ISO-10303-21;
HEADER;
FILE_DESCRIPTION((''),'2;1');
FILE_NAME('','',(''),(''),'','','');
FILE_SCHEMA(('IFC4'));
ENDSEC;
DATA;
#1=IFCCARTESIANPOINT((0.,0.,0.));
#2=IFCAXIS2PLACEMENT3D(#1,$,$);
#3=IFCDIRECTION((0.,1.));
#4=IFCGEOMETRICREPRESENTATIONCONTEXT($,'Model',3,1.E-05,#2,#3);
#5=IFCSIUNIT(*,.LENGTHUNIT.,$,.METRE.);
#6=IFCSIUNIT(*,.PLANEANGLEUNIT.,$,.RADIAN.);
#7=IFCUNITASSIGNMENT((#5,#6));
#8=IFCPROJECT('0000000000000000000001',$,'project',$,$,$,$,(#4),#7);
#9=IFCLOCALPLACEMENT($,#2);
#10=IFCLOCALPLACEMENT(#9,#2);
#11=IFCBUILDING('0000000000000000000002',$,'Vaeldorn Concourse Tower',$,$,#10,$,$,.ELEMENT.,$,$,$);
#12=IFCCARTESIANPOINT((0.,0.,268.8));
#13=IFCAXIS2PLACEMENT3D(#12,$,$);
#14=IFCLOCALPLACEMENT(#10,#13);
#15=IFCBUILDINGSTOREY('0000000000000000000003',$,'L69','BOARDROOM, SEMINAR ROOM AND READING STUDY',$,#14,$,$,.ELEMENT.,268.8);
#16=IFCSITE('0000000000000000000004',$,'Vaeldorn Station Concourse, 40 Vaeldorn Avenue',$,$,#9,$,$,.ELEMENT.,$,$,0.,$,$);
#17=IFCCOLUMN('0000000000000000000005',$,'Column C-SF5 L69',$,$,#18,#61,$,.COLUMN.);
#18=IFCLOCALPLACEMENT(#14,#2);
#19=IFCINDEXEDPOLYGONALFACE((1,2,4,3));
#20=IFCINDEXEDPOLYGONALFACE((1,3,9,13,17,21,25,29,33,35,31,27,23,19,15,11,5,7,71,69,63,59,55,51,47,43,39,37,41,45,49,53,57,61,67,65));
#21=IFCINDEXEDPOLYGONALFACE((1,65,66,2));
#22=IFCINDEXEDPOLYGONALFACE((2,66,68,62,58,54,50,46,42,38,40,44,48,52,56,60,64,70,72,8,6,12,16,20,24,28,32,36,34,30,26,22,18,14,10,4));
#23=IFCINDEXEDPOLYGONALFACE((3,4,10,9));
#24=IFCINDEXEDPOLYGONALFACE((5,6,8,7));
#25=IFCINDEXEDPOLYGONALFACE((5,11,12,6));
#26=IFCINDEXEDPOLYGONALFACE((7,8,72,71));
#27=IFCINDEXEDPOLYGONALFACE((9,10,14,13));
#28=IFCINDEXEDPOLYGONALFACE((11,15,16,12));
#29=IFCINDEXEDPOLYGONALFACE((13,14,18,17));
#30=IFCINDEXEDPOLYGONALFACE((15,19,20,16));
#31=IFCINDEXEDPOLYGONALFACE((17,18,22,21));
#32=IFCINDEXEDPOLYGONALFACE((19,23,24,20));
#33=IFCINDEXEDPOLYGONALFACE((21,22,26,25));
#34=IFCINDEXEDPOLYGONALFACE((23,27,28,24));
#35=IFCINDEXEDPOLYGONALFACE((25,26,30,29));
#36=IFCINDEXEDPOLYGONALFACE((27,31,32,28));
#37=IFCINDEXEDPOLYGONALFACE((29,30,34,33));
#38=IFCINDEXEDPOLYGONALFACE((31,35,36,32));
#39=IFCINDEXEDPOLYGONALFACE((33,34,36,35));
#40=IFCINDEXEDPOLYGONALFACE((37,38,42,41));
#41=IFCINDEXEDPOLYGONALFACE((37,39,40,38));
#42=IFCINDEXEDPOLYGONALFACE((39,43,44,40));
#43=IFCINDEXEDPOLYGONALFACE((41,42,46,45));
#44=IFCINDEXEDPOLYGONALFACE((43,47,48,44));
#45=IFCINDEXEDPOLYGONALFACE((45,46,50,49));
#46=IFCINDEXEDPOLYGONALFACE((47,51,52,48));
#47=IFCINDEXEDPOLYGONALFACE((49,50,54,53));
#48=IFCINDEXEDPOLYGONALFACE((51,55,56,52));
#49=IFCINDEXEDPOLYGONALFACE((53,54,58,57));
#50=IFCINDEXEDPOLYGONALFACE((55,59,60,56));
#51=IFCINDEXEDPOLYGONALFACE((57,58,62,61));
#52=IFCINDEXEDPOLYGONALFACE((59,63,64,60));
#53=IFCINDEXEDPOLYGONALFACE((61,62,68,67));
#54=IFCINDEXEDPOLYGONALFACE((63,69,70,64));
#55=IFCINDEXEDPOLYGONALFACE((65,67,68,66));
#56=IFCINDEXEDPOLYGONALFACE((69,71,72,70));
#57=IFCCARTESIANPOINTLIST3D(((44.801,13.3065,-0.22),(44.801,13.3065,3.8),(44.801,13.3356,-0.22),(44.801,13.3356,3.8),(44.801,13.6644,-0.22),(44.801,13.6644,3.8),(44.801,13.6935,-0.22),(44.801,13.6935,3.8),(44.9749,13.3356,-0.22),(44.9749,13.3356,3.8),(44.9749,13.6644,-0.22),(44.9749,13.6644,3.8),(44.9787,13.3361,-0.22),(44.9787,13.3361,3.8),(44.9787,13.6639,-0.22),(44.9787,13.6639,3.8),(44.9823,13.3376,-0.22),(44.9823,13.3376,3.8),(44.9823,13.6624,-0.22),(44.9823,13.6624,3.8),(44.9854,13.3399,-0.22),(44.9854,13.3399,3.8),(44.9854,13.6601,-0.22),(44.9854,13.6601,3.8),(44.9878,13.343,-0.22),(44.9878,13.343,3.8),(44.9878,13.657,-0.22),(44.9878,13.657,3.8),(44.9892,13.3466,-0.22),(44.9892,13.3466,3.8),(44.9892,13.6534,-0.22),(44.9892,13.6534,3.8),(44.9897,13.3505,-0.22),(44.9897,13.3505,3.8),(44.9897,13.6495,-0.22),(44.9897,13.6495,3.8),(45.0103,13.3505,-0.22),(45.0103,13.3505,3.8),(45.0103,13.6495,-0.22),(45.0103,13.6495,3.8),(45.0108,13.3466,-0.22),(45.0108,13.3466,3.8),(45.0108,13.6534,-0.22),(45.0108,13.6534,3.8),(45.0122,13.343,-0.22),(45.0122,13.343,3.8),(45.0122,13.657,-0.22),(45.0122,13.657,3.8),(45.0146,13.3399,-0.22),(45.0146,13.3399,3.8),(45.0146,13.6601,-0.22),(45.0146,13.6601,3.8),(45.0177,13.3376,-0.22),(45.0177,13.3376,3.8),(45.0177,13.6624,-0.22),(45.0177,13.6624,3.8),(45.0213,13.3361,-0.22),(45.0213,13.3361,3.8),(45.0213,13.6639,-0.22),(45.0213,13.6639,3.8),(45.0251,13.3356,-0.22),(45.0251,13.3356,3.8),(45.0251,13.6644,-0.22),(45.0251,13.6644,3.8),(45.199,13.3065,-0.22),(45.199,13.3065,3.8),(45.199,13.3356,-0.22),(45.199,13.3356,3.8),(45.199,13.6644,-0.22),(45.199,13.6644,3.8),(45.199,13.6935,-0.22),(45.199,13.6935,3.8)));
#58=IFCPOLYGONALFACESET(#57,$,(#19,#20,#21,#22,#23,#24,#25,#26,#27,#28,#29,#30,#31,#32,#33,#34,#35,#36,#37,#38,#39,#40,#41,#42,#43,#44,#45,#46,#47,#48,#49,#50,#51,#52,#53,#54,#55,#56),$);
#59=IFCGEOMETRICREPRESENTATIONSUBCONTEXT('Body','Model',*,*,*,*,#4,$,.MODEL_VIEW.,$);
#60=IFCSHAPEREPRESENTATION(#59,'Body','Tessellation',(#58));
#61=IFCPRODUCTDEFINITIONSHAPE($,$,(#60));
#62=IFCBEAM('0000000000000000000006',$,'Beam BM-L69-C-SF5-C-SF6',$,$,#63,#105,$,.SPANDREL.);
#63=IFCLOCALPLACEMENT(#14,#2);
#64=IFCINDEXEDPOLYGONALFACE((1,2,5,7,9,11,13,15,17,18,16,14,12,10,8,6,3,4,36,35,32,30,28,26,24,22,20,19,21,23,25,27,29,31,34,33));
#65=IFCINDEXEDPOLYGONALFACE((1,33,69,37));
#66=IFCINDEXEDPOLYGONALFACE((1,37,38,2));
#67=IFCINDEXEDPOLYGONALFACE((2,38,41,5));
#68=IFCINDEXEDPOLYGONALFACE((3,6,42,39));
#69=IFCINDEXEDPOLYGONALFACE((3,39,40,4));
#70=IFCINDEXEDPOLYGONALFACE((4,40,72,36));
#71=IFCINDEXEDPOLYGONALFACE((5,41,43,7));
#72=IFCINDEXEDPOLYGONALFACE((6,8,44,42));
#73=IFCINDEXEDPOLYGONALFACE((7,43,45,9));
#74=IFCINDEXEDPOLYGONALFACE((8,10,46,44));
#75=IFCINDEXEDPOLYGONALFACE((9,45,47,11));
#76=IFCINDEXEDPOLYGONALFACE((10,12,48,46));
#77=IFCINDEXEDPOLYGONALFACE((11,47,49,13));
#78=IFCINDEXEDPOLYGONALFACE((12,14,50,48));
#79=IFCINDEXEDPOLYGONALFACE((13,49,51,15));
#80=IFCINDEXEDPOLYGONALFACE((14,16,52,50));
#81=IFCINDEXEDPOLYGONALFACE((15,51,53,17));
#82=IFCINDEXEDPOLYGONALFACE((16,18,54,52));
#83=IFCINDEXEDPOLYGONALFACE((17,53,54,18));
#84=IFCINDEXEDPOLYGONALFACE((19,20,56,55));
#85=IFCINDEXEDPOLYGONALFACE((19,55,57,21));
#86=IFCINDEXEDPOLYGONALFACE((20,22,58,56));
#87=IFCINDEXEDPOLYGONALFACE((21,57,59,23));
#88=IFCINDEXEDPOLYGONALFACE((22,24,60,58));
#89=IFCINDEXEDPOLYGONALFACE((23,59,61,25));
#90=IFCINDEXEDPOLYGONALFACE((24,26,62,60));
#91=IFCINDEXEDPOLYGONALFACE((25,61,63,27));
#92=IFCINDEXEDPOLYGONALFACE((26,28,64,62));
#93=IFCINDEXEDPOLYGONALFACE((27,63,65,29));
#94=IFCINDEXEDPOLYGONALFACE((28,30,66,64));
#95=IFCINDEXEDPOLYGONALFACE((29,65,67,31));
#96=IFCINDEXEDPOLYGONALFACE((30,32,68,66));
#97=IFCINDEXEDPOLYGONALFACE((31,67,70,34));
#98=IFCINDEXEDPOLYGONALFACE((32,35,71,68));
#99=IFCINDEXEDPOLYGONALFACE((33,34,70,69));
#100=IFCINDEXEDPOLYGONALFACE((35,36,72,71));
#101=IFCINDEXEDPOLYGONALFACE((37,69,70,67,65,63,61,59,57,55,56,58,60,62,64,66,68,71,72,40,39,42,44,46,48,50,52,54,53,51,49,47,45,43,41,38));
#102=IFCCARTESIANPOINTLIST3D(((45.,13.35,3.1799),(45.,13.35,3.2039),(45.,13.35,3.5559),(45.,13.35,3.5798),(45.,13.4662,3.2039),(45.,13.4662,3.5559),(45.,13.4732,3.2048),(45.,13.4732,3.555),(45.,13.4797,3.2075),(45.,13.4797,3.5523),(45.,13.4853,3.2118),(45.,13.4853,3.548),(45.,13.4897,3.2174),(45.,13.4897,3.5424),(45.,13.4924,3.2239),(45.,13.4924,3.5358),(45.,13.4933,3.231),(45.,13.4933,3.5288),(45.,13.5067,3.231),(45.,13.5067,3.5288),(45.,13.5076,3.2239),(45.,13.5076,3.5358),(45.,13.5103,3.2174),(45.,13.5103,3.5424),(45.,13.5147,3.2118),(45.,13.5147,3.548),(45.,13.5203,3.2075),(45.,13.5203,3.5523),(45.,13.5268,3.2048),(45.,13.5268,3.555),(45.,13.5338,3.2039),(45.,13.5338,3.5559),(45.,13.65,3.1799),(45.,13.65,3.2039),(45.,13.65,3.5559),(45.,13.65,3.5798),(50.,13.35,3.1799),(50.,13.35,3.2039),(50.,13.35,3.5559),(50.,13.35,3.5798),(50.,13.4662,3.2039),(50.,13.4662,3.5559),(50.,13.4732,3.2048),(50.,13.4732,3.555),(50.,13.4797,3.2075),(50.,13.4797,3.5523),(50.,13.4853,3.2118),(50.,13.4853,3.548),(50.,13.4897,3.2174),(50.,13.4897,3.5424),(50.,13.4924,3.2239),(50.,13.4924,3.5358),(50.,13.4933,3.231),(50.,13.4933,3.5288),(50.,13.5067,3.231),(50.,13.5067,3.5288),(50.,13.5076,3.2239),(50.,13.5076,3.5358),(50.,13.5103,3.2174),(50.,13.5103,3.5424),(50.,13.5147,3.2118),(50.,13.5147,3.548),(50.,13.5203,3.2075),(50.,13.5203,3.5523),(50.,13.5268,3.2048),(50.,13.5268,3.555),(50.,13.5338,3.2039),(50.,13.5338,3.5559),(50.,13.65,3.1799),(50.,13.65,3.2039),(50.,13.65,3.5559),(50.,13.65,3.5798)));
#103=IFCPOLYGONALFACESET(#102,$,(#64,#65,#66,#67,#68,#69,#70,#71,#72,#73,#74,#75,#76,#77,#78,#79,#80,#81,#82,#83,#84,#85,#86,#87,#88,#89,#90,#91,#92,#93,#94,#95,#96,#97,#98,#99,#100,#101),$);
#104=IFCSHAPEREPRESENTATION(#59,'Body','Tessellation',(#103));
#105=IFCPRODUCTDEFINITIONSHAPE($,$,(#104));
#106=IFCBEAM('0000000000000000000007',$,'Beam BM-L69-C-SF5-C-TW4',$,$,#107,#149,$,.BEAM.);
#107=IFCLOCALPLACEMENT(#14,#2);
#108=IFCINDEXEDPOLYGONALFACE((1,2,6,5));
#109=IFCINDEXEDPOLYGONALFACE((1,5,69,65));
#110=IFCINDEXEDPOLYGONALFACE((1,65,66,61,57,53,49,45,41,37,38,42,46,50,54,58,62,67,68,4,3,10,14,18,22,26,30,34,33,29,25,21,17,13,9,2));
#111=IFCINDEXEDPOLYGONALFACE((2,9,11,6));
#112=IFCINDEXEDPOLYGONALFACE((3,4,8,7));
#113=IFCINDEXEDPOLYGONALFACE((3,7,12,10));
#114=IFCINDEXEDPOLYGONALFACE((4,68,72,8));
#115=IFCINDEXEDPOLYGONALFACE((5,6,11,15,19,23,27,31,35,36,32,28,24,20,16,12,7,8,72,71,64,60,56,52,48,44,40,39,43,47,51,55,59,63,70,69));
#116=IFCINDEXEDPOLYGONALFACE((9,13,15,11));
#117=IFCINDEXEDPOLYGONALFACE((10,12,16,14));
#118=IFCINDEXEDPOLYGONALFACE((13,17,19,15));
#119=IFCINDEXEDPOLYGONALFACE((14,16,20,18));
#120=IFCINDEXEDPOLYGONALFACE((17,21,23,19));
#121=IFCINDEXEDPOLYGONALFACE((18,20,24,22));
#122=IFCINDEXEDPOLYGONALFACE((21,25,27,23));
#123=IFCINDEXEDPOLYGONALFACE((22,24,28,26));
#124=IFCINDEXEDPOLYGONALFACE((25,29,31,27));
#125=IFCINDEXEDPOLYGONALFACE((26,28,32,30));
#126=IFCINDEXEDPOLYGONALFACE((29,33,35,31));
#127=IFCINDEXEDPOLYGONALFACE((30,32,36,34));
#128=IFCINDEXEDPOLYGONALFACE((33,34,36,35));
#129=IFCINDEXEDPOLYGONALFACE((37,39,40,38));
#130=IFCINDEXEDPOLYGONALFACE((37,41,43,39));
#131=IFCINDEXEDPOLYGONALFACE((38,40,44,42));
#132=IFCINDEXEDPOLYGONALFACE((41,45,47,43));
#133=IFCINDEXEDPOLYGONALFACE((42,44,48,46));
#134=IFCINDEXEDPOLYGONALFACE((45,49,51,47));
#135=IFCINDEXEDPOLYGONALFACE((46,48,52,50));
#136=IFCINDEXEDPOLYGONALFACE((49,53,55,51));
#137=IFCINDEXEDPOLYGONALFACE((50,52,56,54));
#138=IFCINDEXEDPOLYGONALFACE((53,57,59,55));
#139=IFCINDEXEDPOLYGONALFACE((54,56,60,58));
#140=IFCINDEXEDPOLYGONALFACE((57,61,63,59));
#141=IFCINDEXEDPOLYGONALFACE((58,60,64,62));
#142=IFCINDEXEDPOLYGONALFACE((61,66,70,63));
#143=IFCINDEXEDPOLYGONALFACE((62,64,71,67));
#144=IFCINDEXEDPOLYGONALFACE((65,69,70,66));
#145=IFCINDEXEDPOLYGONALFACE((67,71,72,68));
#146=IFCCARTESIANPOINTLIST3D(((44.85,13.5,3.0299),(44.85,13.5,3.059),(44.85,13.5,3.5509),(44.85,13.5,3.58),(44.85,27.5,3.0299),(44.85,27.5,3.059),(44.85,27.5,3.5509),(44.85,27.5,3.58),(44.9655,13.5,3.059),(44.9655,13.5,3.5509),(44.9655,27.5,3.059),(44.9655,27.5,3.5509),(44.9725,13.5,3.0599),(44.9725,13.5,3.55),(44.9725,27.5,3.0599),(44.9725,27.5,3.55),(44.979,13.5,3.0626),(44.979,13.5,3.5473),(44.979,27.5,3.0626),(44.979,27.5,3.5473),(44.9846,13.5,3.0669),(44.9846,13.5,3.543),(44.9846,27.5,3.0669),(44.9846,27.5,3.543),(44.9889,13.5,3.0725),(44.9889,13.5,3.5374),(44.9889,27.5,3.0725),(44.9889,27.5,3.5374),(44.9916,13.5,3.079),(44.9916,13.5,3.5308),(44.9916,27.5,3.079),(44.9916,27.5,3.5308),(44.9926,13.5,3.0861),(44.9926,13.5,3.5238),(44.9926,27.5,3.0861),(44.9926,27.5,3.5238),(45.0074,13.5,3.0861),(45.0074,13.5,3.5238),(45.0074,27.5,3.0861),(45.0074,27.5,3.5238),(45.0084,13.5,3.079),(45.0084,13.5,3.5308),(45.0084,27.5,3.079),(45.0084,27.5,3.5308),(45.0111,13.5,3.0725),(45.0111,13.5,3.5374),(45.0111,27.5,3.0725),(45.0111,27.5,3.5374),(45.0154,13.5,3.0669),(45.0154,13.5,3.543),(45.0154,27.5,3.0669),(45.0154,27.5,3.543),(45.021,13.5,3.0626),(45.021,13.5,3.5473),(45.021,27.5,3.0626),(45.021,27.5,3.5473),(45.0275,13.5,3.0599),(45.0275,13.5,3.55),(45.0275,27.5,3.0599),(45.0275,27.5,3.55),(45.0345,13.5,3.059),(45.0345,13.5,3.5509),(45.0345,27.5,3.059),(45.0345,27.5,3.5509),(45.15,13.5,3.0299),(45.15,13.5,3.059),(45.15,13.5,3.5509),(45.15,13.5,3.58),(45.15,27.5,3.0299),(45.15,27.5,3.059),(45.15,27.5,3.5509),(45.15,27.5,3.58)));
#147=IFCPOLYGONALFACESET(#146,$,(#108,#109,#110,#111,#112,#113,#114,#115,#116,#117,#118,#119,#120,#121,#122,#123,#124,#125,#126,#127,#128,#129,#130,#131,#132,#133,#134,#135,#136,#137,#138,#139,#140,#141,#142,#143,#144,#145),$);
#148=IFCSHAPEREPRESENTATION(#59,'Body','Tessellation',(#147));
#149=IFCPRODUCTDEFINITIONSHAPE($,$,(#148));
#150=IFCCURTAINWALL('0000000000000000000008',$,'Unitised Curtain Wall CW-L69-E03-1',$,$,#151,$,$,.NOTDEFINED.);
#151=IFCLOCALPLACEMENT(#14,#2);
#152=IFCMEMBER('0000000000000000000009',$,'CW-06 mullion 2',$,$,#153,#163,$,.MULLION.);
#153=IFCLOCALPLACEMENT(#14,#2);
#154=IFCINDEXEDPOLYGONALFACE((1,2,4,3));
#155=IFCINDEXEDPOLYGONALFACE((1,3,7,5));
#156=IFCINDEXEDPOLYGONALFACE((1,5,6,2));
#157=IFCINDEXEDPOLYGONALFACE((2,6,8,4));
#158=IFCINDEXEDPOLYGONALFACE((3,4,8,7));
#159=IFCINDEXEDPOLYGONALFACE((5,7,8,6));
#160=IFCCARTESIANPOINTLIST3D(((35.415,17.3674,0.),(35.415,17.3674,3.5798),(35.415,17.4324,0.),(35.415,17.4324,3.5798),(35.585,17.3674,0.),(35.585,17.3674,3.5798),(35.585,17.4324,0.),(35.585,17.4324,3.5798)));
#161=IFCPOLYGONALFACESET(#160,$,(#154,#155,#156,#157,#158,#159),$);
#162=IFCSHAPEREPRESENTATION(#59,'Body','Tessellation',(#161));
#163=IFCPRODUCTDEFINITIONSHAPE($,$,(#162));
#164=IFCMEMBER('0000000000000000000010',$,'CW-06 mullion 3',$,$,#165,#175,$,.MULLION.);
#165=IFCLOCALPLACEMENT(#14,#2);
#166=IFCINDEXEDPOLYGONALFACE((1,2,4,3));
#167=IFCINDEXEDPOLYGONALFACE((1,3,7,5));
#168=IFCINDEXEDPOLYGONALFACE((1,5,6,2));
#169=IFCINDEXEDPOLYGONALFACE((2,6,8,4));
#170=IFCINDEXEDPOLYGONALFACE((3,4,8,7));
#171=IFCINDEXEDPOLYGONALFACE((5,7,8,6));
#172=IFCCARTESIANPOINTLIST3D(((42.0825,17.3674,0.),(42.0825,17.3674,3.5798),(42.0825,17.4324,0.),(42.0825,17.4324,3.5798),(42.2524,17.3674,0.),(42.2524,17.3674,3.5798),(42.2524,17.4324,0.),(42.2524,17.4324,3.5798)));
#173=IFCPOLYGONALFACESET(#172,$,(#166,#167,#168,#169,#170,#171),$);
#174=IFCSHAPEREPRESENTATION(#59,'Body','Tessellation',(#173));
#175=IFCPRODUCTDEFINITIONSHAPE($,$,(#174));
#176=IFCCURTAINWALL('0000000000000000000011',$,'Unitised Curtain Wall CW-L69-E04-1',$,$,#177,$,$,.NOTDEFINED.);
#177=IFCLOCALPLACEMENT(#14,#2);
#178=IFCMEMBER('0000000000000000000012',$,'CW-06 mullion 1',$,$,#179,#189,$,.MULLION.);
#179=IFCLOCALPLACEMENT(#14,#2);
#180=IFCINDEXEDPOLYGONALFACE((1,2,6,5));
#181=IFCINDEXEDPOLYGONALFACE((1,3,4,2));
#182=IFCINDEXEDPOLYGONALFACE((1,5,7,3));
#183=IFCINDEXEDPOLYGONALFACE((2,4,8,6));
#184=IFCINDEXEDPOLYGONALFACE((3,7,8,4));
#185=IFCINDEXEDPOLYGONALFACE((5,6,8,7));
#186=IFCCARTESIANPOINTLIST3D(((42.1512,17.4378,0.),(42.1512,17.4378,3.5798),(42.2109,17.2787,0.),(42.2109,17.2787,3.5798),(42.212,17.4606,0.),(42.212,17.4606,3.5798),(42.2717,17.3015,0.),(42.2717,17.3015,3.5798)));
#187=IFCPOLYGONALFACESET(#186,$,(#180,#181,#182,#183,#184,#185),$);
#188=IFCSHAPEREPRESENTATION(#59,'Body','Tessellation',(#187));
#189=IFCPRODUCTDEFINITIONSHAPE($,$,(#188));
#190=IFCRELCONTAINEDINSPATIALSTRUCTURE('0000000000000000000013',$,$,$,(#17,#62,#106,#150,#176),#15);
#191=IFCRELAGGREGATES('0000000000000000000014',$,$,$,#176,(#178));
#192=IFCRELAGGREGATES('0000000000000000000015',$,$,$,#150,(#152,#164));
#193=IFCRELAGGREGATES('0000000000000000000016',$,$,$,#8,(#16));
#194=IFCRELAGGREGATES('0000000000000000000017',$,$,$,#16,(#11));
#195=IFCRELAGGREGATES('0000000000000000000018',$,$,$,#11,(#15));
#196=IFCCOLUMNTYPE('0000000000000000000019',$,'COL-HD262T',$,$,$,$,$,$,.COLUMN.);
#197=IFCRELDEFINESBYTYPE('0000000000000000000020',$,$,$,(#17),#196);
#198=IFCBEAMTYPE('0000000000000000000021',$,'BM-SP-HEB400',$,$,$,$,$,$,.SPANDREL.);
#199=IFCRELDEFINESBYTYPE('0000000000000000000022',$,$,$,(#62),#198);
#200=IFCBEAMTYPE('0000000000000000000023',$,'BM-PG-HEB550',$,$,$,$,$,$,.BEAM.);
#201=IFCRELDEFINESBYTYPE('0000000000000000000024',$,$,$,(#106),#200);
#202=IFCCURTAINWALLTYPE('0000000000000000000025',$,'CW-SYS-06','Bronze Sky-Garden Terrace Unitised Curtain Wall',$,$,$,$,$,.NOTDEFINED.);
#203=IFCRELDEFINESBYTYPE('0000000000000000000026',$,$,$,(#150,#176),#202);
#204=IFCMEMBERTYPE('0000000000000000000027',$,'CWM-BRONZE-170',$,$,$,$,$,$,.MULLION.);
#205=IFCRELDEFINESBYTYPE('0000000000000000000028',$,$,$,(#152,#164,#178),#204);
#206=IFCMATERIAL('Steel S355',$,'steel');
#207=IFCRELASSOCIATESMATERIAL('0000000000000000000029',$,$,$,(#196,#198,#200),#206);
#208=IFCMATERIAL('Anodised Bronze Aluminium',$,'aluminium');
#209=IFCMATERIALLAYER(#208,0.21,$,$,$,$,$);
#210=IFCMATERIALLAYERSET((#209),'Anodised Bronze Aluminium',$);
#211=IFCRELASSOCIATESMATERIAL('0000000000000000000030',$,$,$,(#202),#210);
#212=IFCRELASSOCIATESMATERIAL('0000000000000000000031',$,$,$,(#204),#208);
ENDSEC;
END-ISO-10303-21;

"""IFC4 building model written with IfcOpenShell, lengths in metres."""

from ifc_helpers import new_model, si_unit, direction, frame, origin, origin_2d, place, context, subcontext, project, spatial, rectangle, i_section, extrude, source, transform, mapped, material, layer, layer_set, material_profile, profile_set, type_object, element, aggregate, save


model = new_model("IFC4")

# Units and contexts
model_context = context("Model", 3, precision=1e-05, world=origin(), true_north=direction((0.0, 1.0)))
body_context = subcontext(model_context, "Body", "Model", "MODEL_VIEW")
ifc_project = project(units=[si_unit("LENGTHUNIT", "METRE"), si_unit("PLANEANGLEUNIT", "RADIAN")], contexts=[model_context])

# Site, building, storey
site_placement = place(None, origin())
site = spatial("IfcSite", under=ifc_project, at=site_placement, Name="Vaeldorn Station Concourse, 40 Vaeldorn Avenue", CompositionType="ELEMENT", RefElevation=0.0)
building_placement = place(site_placement, origin())
building = spatial("IfcBuilding", under=site, at=building_placement, Name="Vaeldorn Concourse Tower", CompositionType="ELEMENT")
storey_placement = place(building_placement, frame((0.0, 0.0, 268.8)))
storey = spatial("IfcBuildingStorey", under=building, at=storey_placement, Name="L69", Description="BOARDROOM, SEMINAR ROOM AND READING STUDY", CompositionType="ELEMENT", Elevation=268.8)

# Column
ifc_material_1 = material(Name="Steel S355", Category="steel")
ifc_material_profile_1 = material_profile(ifc_material_1, i_section(OverallWidth=0.3979, OverallDepth=0.387, WebThickness=0.0205, FlangeThickness=0.0291, FilletRadius=0.0149, at=origin_2d()), Name="HD 400x262")
ifc_profile_set_1 = profile_set([ifc_material_profile_1], Name="Steel S355")
column_type = type_object("IfcColumnType", Name="COL-HD262T", PredefinedType="COLUMN", material=ifc_profile_set_1)
shared_shape_1 = source(origin(), body_context, "Body", "SweptSolid", [
    extrude(i_section(OverallWidth=0.3979, OverallDepth=0.387, WebThickness=0.0205, FlangeThickness=0.0291, FilletRadius=0.0149, at=origin_2d()), origin(), (0.0, 0.0, 1.0), 4.02),
])
column_placement = place(storey_placement, frame((45.0, 13.5, -0.22), z_axis=(0.0, 0.0, 1.0), x_axis=(1.0, 0.0, 0.0)))
element("IfcColumn", 1, at=column_placement, inside=storey, type_object=column_type, Name="Column C-SF5 L69", PredefinedType="COLUMN", context=body_context, shape_type="MappedRepresentation", body=[
    mapped(shared_shape_1, transform((0.0, 0.0, 0.0), scale=1.0)),
])

# Beams
ifc_material_profile_2 = material_profile(ifc_material_1, i_section(OverallWidth=0.3, OverallDepth=0.3999, WebThickness=0.0134, FlangeThickness=0.0239, FilletRadius=0.0271, at=origin_2d()), Name="HEB 400")
ifc_profile_set_2 = profile_set([ifc_material_profile_2], Name="Steel S355")
beam_type_1 = type_object("IfcBeamType", Name="BM-SP-HEB400", PredefinedType="SPANDREL", material=ifc_profile_set_2)
shared_shape_2 = source(origin(), body_context, "Body", "SweptSolid", [
    extrude(i_section(OverallWidth=0.3, OverallDepth=0.3999, WebThickness=0.0134, FlangeThickness=0.0239, FilletRadius=0.0271, at=origin_2d()), origin(), (0.0, 0.0, 1.0), 5.0),
])
beam_1_placement = place(storey_placement, frame((45.0, 13.5, 3.3799), z_axis=(1.0, 0.0, 0.0), x_axis=(0.0, 1.0, 0.0)))
element("IfcBeam", 2, at=beam_1_placement, inside=storey, type_object=beam_type_1, Name="Beam BM-L69-C-SF5-C-SF6", PredefinedType="SPANDREL", context=body_context, shape_type="MappedRepresentation", body=[
    mapped(shared_shape_2, transform((0.0, 0.0, 0.0), scale=1.0)),
])
ifc_material_profile_3 = material_profile(ifc_material_1, i_section(OverallWidth=0.3, OverallDepth=0.55, WebThickness=0.0149, FlangeThickness=0.0291, FilletRadius=0.0271, at=origin_2d()), Name="HEB 550")
ifc_profile_set_3 = profile_set([ifc_material_profile_3], Name="Steel S355")
beam_type_2 = type_object("IfcBeamType", Name="BM-PG-HEB550", PredefinedType="BEAM", material=ifc_profile_set_3)
shared_shape_3 = source(origin(), body_context, "Body", "SweptSolid", [
    extrude(i_section(OverallWidth=0.3, OverallDepth=0.55, WebThickness=0.0149, FlangeThickness=0.0291, FilletRadius=0.0271, at=origin_2d()), origin(), (0.0, 0.0, 1.0), 14.0),
])
beam_2_placement = place(storey_placement, frame((45.0, 13.5, 3.3049), z_axis=(0.0, 1.0, 0.0), x_axis=(-1.0, 0.0, 0.0)))
element("IfcBeam", 3, at=beam_2_placement, inside=storey, type_object=beam_type_2, Name="Beam BM-L69-C-SF5-C-TW4", PredefinedType="BEAM", context=body_context, shape_type="MappedRepresentation", body=[
    mapped(shared_shape_3, transform((0.0, 0.0, 0.0), scale=1.0)),
])

# Curtain walls, members
ifc_material_2 = material(Name="Anodised Bronze Aluminium", Category="aluminium")
ifc_layer_1 = layer(ifc_material_2, 0.21)
ifc_layer_set_1 = layer_set([ifc_layer_1], Name="Anodised Bronze Aluminium")
curtain_wall_type = type_object("IfcCurtainWallType", Name="CW-SYS-06", Description="Bronze Sky-Garden Terrace Unitised Curtain Wall", PredefinedType="NOTDEFINED", material=ifc_layer_set_1)
curtain_wall_1_placement = place(storey_placement, origin())
curtain_wall_1 = element("IfcCurtainWall", 4, at=curtain_wall_1_placement, inside=storey, type_object=curtain_wall_type, Name="Unitised Curtain Wall CW-L69-E03-1", PredefinedType="NOTDEFINED")
ifc_material_profile_4 = material_profile(ifc_material_2, rectangle(XDim=0.0649, YDim=0.1699, at=origin_2d()), Name="CWM 65x170")
ifc_profile_set_4 = profile_set([ifc_material_profile_4], Name="Anodised Bronze Aluminium")
member_type_1 = type_object("IfcMemberType", Name="CWM-BRONZE-170", PredefinedType="MULLION", material=ifc_profile_set_4)
shared_shape_4 = source(origin(), body_context, "Body", "SweptSolid", [
    extrude(rectangle(XDim=0.0649, YDim=0.1699, at=origin_2d()), origin(), (0.0, 0.0, 1.0), 3.5798),
])
member_1_placement = place(storey_placement, frame((35.5, 17.3999, 0.0), z_axis=(0.0, 0.0, 1.0), x_axis=(0.0, 1.0, 0.0)))
member_1 = element("IfcMember", 5, at=member_1_placement, type_object=member_type_1, Name="CW-06 mullion 2", PredefinedType="MULLION", context=body_context, shape_type="MappedRepresentation", body=[
    mapped(shared_shape_4, transform((0.0, 0.0, 0.0), scale=1.0)),
])
member_2_placement = place(storey_placement, frame((42.1675, 17.3999, 0.0), z_axis=(0.0, 0.0, 1.0), x_axis=(0.0, 1.0, 0.0)))
member_2 = element("IfcMember", 6, at=member_2_placement, type_object=member_type_1, Name="CW-06 mullion 3", PredefinedType="MULLION", context=body_context, shape_type="MappedRepresentation", body=[
    mapped(shared_shape_4, transform((0.0, 0.0, 0.0), scale=1.0)),
])
curtain_wall_2_placement = place(storey_placement, origin())
curtain_wall_2 = element("IfcCurtainWall", 7, at=curtain_wall_2_placement, inside=storey, type_object=curtain_wall_type, Name="Unitised Curtain Wall CW-L69-E04-1", PredefinedType="NOTDEFINED")
member_3_placement = place(storey_placement, frame((42.2114, 17.3696, 0.0), z_axis=(0.0, 0.0, 1.0), x_axis=(0.936329, 0.351123, 0.0)))
member_3 = element("IfcMember", 8, at=member_3_placement, type_object=member_type_1, Name="CW-06 mullion 1", PredefinedType="MULLION", context=body_context, shape_type="MappedRepresentation", body=[
    mapped(shared_shape_4, transform((0.0, 0.0, 0.0), scale=1.0)),
])

aggregate(curtain_wall_2, [member_3])
aggregate(curtain_wall_1, [member_1, member_2])

save(model, "model.ifc")
